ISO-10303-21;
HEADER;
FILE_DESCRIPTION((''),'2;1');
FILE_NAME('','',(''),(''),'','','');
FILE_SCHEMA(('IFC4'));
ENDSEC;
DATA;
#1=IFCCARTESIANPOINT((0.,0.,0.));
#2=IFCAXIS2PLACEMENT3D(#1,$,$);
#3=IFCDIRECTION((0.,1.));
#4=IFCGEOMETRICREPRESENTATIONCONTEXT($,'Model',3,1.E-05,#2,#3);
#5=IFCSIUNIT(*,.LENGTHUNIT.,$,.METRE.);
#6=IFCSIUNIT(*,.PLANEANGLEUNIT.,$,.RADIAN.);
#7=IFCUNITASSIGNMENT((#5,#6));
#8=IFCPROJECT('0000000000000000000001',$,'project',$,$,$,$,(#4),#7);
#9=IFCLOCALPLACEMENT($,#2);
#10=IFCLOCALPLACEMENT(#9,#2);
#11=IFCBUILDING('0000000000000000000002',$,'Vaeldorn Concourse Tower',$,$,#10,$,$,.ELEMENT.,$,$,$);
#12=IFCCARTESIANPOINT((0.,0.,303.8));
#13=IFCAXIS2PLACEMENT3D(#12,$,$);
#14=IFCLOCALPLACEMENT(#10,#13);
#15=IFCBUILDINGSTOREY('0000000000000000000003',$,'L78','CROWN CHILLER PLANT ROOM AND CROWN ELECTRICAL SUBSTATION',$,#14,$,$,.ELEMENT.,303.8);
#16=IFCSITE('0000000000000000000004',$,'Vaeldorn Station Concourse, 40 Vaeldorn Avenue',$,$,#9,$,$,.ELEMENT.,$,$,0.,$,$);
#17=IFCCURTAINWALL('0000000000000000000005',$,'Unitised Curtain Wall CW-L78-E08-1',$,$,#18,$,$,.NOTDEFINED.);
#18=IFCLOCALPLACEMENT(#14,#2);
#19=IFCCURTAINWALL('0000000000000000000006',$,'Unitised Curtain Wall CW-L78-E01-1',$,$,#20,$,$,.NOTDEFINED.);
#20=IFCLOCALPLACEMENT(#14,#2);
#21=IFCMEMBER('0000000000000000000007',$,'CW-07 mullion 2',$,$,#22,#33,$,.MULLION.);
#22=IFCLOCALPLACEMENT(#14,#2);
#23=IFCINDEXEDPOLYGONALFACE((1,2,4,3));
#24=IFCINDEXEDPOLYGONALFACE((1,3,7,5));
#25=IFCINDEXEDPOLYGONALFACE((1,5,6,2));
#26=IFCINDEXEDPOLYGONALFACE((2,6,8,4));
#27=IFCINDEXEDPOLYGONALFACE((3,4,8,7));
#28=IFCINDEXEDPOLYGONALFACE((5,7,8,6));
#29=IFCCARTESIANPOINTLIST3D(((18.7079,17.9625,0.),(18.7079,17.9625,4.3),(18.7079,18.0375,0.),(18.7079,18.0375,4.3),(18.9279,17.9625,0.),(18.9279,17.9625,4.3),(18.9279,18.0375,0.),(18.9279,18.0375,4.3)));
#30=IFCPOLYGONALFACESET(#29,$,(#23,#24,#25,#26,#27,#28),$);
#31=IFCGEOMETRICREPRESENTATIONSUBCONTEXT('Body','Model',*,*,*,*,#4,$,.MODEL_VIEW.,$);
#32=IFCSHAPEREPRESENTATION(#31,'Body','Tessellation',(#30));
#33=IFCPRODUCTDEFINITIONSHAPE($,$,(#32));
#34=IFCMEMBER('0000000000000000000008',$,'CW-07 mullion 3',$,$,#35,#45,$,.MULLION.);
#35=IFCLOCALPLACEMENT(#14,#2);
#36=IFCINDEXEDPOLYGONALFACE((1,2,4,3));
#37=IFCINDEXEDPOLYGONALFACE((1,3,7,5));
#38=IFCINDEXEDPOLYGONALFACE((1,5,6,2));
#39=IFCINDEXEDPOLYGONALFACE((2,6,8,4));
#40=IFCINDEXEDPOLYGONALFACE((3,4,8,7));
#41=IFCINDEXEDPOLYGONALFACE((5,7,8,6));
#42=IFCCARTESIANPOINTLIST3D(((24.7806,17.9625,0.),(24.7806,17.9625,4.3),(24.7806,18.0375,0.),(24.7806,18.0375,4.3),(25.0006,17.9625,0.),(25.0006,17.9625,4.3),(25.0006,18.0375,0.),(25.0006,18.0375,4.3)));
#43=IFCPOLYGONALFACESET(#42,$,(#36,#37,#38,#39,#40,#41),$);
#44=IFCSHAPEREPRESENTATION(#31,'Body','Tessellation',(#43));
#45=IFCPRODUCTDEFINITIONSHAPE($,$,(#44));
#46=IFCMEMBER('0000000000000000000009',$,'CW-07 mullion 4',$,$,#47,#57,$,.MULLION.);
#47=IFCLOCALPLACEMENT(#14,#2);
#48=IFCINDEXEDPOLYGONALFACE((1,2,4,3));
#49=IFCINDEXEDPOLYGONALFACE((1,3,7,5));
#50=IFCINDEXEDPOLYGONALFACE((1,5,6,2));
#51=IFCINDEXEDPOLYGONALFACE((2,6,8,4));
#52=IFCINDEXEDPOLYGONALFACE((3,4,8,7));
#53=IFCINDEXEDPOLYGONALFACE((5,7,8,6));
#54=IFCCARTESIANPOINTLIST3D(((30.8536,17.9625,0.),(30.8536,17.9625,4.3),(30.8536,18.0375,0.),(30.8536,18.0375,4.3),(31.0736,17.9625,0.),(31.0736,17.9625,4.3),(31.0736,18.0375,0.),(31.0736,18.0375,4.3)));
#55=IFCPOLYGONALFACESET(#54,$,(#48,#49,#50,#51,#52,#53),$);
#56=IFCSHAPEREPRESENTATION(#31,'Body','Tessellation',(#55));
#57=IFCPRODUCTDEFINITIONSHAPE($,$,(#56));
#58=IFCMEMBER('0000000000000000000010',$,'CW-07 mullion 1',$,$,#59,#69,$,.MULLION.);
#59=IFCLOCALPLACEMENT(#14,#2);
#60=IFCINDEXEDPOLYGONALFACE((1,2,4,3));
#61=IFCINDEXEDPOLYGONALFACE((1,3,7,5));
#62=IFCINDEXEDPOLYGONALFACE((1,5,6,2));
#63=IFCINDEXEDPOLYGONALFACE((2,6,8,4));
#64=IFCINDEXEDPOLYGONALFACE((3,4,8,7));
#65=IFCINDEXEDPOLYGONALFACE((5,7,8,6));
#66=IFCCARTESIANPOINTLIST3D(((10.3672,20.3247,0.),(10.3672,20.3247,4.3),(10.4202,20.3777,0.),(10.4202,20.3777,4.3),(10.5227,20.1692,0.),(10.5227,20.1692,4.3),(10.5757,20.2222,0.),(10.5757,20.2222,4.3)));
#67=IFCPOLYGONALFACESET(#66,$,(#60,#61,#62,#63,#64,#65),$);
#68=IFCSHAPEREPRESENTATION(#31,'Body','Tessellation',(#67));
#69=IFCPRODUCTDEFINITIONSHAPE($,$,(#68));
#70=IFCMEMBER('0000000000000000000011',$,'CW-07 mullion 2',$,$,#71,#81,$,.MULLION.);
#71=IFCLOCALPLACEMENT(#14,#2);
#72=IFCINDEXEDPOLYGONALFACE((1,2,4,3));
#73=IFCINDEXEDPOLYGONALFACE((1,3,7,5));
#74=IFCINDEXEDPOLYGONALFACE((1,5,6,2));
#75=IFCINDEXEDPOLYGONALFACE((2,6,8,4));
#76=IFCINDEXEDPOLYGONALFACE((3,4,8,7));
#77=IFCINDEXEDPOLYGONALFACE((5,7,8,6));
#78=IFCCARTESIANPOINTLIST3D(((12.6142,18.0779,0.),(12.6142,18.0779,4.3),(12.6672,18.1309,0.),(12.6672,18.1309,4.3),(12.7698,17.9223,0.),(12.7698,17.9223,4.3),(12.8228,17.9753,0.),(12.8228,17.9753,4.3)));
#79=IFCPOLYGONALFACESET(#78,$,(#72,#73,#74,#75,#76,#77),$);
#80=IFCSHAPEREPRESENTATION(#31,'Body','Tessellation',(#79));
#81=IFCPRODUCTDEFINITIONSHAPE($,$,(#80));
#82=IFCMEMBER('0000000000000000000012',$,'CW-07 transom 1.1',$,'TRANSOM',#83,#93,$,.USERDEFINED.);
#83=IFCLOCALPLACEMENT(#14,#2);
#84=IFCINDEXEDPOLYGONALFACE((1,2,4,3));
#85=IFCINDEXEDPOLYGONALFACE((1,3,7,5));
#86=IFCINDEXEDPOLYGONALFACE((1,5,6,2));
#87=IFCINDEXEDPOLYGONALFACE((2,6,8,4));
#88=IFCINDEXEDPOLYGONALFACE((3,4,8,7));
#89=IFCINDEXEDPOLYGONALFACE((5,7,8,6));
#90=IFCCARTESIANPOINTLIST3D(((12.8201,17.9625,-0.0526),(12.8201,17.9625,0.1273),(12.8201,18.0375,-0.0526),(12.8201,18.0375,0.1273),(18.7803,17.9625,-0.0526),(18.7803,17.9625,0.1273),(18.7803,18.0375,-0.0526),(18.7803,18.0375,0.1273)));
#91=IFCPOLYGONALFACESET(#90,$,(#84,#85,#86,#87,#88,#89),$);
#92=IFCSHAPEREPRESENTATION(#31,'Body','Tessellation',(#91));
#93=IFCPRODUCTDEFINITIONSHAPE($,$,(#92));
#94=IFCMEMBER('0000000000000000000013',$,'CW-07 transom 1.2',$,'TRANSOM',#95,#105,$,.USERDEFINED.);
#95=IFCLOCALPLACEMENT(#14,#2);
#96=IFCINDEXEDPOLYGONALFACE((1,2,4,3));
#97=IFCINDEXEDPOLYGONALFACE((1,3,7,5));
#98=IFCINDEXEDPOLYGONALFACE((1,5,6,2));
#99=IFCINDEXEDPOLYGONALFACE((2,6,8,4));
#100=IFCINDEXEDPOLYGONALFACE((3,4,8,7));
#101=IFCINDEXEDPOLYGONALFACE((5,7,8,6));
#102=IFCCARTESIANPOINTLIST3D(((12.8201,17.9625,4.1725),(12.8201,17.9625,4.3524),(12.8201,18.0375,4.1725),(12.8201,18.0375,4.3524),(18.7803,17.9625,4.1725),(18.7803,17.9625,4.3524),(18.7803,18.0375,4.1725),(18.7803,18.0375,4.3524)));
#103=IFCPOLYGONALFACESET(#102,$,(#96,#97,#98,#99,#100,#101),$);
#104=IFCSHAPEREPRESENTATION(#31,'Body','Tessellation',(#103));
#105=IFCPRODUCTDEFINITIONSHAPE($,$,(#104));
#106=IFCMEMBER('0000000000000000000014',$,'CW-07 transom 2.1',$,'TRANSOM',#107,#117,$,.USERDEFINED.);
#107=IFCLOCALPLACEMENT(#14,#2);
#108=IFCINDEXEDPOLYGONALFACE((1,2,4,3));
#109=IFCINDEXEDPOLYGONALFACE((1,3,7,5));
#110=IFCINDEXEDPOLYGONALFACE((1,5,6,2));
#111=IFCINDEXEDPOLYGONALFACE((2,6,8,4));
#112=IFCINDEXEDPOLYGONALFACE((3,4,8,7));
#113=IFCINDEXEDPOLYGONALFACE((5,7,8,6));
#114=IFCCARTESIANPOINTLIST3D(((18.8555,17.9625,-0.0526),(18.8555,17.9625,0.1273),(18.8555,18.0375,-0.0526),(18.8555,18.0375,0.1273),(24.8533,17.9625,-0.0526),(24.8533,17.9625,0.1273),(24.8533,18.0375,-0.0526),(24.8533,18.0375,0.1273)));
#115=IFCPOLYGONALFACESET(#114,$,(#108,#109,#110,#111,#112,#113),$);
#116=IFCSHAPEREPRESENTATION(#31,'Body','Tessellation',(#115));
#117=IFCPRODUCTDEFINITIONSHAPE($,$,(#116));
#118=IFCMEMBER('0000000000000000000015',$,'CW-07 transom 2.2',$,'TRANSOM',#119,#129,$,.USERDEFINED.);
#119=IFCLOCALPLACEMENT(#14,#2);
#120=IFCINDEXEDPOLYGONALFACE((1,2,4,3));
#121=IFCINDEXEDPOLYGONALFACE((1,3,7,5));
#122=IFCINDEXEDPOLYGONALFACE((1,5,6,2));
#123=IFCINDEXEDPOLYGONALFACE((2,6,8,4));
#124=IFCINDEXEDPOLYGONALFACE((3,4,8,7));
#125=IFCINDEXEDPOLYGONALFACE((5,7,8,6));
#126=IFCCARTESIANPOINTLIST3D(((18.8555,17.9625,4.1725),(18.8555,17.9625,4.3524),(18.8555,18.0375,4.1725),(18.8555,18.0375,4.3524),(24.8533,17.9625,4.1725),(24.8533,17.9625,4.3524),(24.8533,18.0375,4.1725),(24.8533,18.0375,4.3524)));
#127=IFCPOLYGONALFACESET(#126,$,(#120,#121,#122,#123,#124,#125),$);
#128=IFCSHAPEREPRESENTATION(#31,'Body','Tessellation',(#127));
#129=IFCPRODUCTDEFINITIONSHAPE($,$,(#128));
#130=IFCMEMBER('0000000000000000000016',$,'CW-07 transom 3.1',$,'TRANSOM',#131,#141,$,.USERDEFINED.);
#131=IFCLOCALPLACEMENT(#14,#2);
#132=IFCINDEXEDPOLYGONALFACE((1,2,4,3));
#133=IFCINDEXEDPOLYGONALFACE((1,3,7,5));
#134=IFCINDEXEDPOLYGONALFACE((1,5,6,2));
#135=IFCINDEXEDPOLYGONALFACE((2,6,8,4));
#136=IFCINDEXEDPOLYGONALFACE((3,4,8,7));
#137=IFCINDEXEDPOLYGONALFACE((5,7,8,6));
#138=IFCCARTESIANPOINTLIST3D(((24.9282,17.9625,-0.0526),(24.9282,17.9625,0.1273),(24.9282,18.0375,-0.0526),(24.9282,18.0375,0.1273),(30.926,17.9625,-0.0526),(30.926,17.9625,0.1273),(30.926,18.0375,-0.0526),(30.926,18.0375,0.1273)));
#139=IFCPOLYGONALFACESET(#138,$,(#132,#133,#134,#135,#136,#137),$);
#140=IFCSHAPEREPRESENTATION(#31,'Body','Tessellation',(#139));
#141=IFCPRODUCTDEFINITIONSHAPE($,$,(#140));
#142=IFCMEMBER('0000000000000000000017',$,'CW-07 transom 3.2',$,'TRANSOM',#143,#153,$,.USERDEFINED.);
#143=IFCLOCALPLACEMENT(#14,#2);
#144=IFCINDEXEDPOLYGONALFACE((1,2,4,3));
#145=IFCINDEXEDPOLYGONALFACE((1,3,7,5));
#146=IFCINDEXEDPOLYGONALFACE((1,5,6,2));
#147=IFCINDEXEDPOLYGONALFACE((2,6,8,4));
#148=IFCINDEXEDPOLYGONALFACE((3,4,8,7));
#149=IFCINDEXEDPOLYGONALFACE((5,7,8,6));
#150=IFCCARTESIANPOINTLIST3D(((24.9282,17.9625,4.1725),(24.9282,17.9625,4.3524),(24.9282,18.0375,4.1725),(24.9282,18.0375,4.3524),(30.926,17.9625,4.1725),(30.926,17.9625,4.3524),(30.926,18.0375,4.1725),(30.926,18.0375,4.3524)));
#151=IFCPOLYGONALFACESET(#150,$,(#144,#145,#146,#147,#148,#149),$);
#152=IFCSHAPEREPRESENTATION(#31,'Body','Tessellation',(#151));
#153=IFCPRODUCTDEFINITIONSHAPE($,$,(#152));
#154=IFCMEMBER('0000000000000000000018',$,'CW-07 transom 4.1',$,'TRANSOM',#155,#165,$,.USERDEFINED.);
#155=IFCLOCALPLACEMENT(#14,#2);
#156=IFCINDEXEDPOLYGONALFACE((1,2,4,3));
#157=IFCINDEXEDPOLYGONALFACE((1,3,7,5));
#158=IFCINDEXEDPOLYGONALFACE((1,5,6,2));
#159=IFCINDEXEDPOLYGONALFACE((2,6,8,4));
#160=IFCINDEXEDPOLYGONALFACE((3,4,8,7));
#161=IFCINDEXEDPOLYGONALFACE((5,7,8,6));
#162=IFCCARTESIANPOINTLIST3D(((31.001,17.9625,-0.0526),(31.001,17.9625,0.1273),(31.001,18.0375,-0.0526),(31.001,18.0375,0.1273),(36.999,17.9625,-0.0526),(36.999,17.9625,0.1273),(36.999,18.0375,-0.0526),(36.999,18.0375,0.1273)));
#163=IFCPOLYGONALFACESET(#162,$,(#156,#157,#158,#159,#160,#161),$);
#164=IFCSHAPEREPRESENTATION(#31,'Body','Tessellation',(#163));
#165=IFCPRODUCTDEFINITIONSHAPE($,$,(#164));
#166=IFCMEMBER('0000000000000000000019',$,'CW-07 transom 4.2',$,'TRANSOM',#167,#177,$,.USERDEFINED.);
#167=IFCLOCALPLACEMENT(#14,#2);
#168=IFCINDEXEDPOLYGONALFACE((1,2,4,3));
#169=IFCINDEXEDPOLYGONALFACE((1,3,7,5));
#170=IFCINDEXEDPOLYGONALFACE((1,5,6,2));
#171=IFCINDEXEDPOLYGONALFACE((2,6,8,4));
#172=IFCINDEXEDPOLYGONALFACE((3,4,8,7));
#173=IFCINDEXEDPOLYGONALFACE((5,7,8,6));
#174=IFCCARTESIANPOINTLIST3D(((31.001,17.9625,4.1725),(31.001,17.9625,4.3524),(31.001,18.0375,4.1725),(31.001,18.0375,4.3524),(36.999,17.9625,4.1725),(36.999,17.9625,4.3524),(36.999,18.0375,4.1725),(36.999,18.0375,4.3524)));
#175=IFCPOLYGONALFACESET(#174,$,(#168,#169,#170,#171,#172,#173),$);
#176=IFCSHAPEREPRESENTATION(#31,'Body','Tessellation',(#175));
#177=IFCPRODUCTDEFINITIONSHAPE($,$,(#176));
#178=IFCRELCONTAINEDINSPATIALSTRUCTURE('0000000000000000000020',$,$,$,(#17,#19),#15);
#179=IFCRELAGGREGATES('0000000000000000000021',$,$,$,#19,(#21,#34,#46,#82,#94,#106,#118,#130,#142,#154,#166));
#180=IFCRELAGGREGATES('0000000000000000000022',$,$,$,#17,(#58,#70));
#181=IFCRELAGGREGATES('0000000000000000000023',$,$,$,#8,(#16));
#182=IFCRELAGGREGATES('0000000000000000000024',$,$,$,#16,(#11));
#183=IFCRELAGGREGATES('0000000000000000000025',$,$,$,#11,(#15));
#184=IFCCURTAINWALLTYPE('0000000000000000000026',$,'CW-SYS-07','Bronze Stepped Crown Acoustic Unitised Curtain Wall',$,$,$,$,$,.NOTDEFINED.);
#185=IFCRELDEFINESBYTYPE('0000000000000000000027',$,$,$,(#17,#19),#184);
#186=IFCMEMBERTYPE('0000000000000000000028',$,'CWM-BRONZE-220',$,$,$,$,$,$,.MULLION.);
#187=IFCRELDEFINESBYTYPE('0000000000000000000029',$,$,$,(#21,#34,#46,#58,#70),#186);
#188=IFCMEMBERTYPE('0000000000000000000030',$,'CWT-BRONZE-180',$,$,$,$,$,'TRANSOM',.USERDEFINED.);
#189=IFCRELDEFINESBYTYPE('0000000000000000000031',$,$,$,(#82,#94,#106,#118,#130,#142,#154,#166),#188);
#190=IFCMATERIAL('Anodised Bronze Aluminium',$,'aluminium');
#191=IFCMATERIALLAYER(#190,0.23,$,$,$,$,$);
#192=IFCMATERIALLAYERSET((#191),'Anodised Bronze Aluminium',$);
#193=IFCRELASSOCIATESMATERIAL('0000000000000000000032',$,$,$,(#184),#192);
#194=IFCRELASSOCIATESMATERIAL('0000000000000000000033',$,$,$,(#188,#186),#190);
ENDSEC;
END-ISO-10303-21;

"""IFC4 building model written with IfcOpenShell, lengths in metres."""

from ifc_helpers import new_model, si_unit, direction, frame, origin, origin_2d, place, context, subcontext, project, spatial, rectangle, extrude, source, transform, mapped, material, layer, layer_set, material_profile, profile_set, type_object, element, aggregate, save


model = new_model("IFC4")

# Units and contexts
model_context = context("Model", 3, precision=1e-05, world=origin(), true_north=direction((0.0, 1.0)))
body_context = subcontext(model_context, "Body", "Model", "MODEL_VIEW")
ifc_project = project(units=[si_unit("LENGTHUNIT", "METRE"), si_unit("PLANEANGLEUNIT", "RADIAN")], contexts=[model_context])

# Site, building, storey
site_placement = place(None, origin())
site = spatial("IfcSite", under=ifc_project, at=site_placement, Name="Vaeldorn Station Concourse, 40 Vaeldorn Avenue", CompositionType="ELEMENT", RefElevation=0.0)
building_placement = place(site_placement, origin())
building = spatial("IfcBuilding", under=site, at=building_placement, Name="Vaeldorn Concourse Tower", CompositionType="ELEMENT")
storey_placement = place(building_placement, frame((0.0, 0.0, 303.8)))
storey = spatial("IfcBuildingStorey", under=building, at=storey_placement, Name="L78", Description="CROWN CHILLER PLANT ROOM AND CROWN ELECTRICAL SUBSTATION", CompositionType="ELEMENT", Elevation=303.8)

# Curtain walls, members
ifc_material_1 = material(Name="Anodised Bronze Aluminium", Category="aluminium")
ifc_layer_1 = layer(ifc_material_1, 0.23)
ifc_layer_set_1 = layer_set([ifc_layer_1], Name="Anodised Bronze Aluminium")
curtain_wall_type = type_object("IfcCurtainWallType", Name="CW-SYS-07", Description="Bronze Stepped Crown Acoustic Unitised Curtain Wall", PredefinedType="NOTDEFINED", material=ifc_layer_set_1)
curtain_wall_1_placement = place(storey_placement, origin())
curtain_wall_1 = element("IfcCurtainWall", 1, at=curtain_wall_1_placement, inside=storey, type_object=curtain_wall_type, Name="Unitised Curtain Wall CW-L78-E08-1", PredefinedType="NOTDEFINED")
ifc_material_profile_1 = material_profile(ifc_material_1, rectangle(XDim=0.075, YDim=0.1799, at=origin_2d()), Name="CWT 75x180")
ifc_profile_set_1 = profile_set([ifc_material_profile_1], Name="Anodised Bronze Aluminium")
member_type_1 = type_object("IfcMemberType", Name="CWT-BRONZE-180", ElementType="TRANSOM", PredefinedType="USERDEFINED", material=ifc_profile_set_1)
curtain_wall_2_placement = place(storey_placement, origin())
curtain_wall_2 = element("IfcCurtainWall", 2, at=curtain_wall_2_placement, inside=storey, type_object=curtain_wall_type, Name="Unitised Curtain Wall CW-L78-E01-1", PredefinedType="NOTDEFINED")
ifc_material_profile_2 = material_profile(ifc_material_1, rectangle(XDim=0.075, YDim=0.22, at=origin_2d()), Name="CWM 75x220")
ifc_profile_set_2 = profile_set([ifc_material_profile_2], Name="Anodised Bronze Aluminium")
member_type_2 = type_object("IfcMemberType", Name="CWM-BRONZE-220", PredefinedType="MULLION", material=ifc_profile_set_2)
shared_shape_1 = source(origin(), body_context, "Body", "SweptSolid", [
    extrude(rectangle(XDim=0.075, YDim=0.22, at=origin_2d()), origin(), (0.0, 0.0, 1.0), 4.3),
])
member_1_placement = place(storey_placement, frame((18.8179, 18.0, 0.0), z_axis=(0.0, 0.0, 1.0), x_axis=(0.0, 1.0, 0.0)))
member_1 = element("IfcMember", 3, at=member_1_placement, type_object=member_type_2, Name="CW-07 mullion 2", PredefinedType="MULLION", context=body_context, shape_type="MappedRepresentation", body=[
    mapped(shared_shape_1, transform((0.0, 0.0, 0.0), scale=1.0)),
])
member_2_placement = place(storey_placement, frame((24.8906, 18.0, 0.0), z_axis=(0.0, 0.0, 1.0), x_axis=(0.0, 1.0, 0.0)))
member_2 = element("IfcMember", 4, at=member_2_placement, type_object=member_type_2, Name="CW-07 mullion 3", PredefinedType="MULLION", context=body_context, shape_type="MappedRepresentation", body=[
    mapped(shared_shape_1, transform((0.0, 0.0, 0.0), scale=1.0)),
])
member_3_placement = place(storey_placement, frame((30.9636, 18.0, 0.0), z_axis=(0.0, 0.0, 1.0), x_axis=(0.0, 1.0, 0.0)))
member_3 = element("IfcMember", 5, at=member_3_placement, type_object=member_type_2, Name="CW-07 mullion 4", PredefinedType="MULLION", context=body_context, shape_type="MappedRepresentation", body=[
    mapped(shared_shape_1, transform((0.0, 0.0, 0.0), scale=1.0)),
])

# Members
member_4_placement = place(storey_placement, frame((10.4714, 20.2734, 0.0), z_axis=(0.0, 0.0, 1.0), x_axis=(0.707107, 0.707107, 0.0)))
member_4 = element("IfcMember", 6, at=member_4_placement, type_object=member_type_2, Name="CW-07 mullion 1", PredefinedType="MULLION", context=body_context, shape_type="MappedRepresentation", body=[
    mapped(shared_shape_1, transform((0.0, 0.0, 0.0), scale=1.0)),
])
member_5_placement = place(storey_placement, frame((12.7185, 18.0266, 0.0), z_axis=(0.0, 0.0, 1.0), x_axis=(0.707107, 0.707107, 0.0)))
member_5 = element("IfcMember", 7, at=member_5_placement, type_object=member_type_2, Name="CW-07 mullion 2", PredefinedType="MULLION", context=body_context, shape_type="MappedRepresentation", body=[
    mapped(shared_shape_1, transform((0.0, 0.0, 0.0), scale=1.0)),
])
shared_shape_2 = source(origin(), body_context, "Body", "SweptSolid", [
    extrude(rectangle(XDim=0.075, YDim=0.1799, at=origin_2d()), origin(), (0.0, 0.0, 1.0), 5.9602),
])
member_6_placement = place(storey_placement, frame((12.8201, 18.0, 0.0374), z_axis=(1.0, 0.0, 0.0), x_axis=(0.0, 1.0, 0.0)))
member_6 = element("IfcMember", 8, at=member_6_placement, type_object=member_type_1, Name="CW-07 transom 1.1", ObjectType="TRANSOM", PredefinedType="USERDEFINED", context=body_context, shape_type="MappedRepresentation", body=[
    mapped(shared_shape_2, transform((0.0, 0.0, 0.0), scale=1.0)),
])
member_7_placement = place(storey_placement, frame((12.8201, 18.0, 4.2625), z_axis=(1.0, 0.0, 0.0), x_axis=(0.0, 1.0, 0.0)))
member_7 = element("IfcMember", 9, at=member_7_placement, type_object=member_type_1, Name="CW-07 transom 1.2", ObjectType="TRANSOM", PredefinedType="USERDEFINED", context=body_context, shape_type="MappedRepresentation", body=[
    mapped(shared_shape_2, transform((0.0, 0.0, 0.0), scale=1.0)),
])
shared_shape_3 = source(origin(), body_context, "Body", "SweptSolid", [
    extrude(rectangle(XDim=0.075, YDim=0.1799, at=origin_2d()), origin(), (0.0, 0.0, 1.0), 5.9978),
])
member_8_placement = place(storey_placement, frame((18.8555, 18.0, 0.0374), z_axis=(1.0, 0.0, 0.0), x_axis=(0.0, 1.0, 0.0)))
member_8 = element("IfcMember", 10, at=member_8_placement, type_object=member_type_1, Name="CW-07 transom 2.1", ObjectType="TRANSOM", PredefinedType="USERDEFINED", context=body_context, shape_type="MappedRepresentation", body=[
    mapped(shared_shape_3, transform((0.0, 0.0, 0.0), scale=1.0)),
])
member_9_placement = place(storey_placement, frame((18.8555, 18.0, 4.2625), z_axis=(1.0, 0.0, 0.0), x_axis=(0.0, 1.0, 0.0)))
member_9 = element("IfcMember", 11, at=member_9_placement, type_object=member_type_1, Name="CW-07 transom 2.2", ObjectType="TRANSOM", PredefinedType="USERDEFINED", context=body_context, shape_type="MappedRepresentation", body=[
    mapped(shared_shape_3, transform((0.0, 0.0, 0.0), scale=1.0)),
])
member_10_placement = place(storey_placement, frame((24.9282, 18.0, 0.0374), z_axis=(1.0, 0.0, 0.0), x_axis=(0.0, 1.0, 0.0)))
member_10 = element("IfcMember", 12, at=member_10_placement, type_object=member_type_1, Name="CW-07 transom 3.1", ObjectType="TRANSOM", PredefinedType="USERDEFINED", context=body_context, shape_type="MappedRepresentation", body=[
    mapped(shared_shape_3, transform((0.0, 0.0, 0.0), scale=1.0)),
])
member_11_placement = place(storey_placement, frame((24.9282, 18.0, 4.2625), z_axis=(1.0, 0.0, 0.0), x_axis=(0.0, 1.0, 0.0)))
member_11 = element("IfcMember", 13, at=member_11_placement, type_object=member_type_1, Name="CW-07 transom 3.2", ObjectType="TRANSOM", PredefinedType="USERDEFINED", context=body_context, shape_type="MappedRepresentation", body=[
    mapped(shared_shape_3, transform((0.0, 0.0, 0.0), scale=1.0)),
])
shared_shape_4 = source(origin(), body_context, "Body", "SweptSolid", [
    extrude(rectangle(XDim=0.075, YDim=0.1799, at=origin_2d()), origin(), (0.0, 0.0, 1.0), 5.998),
])
member_12_placement = place(storey_placement, frame((31.001, 18.0, 0.0374), z_axis=(1.0, 0.0, 0.0), x_axis=(0.0, 1.0, 0.0)))
member_12 = element("IfcMember", 14, at=member_12_placement, type_object=member_type_1, Name="CW-07 transom 4.1", ObjectType="TRANSOM", PredefinedType="USERDEFINED", context=body_context, shape_type="MappedRepresentation", body=[
    mapped(shared_shape_4, transform((0.0, 0.0, 0.0), scale=1.0)),
])
member_13_placement = place(storey_placement, frame((31.001, 18.0, 4.2625), z_axis=(1.0, 0.0, 0.0), x_axis=(0.0, 1.0, 0.0)))
member_13 = element("IfcMember", 15, at=member_13_placement, type_object=member_type_1, Name="CW-07 transom 4.2", ObjectType="TRANSOM", PredefinedType="USERDEFINED", context=body_context, shape_type="MappedRepresentation", body=[
    mapped(shared_shape_4, transform((0.0, 0.0, 0.0), scale=1.0)),
])

aggregate(curtain_wall_2, [member_1, member_2, member_3, member_6, member_7, member_8, member_9, member_10, member_11, member_12, member_13])
aggregate(curtain_wall_1, [member_4, member_5])

save(model, "model.ifc")
